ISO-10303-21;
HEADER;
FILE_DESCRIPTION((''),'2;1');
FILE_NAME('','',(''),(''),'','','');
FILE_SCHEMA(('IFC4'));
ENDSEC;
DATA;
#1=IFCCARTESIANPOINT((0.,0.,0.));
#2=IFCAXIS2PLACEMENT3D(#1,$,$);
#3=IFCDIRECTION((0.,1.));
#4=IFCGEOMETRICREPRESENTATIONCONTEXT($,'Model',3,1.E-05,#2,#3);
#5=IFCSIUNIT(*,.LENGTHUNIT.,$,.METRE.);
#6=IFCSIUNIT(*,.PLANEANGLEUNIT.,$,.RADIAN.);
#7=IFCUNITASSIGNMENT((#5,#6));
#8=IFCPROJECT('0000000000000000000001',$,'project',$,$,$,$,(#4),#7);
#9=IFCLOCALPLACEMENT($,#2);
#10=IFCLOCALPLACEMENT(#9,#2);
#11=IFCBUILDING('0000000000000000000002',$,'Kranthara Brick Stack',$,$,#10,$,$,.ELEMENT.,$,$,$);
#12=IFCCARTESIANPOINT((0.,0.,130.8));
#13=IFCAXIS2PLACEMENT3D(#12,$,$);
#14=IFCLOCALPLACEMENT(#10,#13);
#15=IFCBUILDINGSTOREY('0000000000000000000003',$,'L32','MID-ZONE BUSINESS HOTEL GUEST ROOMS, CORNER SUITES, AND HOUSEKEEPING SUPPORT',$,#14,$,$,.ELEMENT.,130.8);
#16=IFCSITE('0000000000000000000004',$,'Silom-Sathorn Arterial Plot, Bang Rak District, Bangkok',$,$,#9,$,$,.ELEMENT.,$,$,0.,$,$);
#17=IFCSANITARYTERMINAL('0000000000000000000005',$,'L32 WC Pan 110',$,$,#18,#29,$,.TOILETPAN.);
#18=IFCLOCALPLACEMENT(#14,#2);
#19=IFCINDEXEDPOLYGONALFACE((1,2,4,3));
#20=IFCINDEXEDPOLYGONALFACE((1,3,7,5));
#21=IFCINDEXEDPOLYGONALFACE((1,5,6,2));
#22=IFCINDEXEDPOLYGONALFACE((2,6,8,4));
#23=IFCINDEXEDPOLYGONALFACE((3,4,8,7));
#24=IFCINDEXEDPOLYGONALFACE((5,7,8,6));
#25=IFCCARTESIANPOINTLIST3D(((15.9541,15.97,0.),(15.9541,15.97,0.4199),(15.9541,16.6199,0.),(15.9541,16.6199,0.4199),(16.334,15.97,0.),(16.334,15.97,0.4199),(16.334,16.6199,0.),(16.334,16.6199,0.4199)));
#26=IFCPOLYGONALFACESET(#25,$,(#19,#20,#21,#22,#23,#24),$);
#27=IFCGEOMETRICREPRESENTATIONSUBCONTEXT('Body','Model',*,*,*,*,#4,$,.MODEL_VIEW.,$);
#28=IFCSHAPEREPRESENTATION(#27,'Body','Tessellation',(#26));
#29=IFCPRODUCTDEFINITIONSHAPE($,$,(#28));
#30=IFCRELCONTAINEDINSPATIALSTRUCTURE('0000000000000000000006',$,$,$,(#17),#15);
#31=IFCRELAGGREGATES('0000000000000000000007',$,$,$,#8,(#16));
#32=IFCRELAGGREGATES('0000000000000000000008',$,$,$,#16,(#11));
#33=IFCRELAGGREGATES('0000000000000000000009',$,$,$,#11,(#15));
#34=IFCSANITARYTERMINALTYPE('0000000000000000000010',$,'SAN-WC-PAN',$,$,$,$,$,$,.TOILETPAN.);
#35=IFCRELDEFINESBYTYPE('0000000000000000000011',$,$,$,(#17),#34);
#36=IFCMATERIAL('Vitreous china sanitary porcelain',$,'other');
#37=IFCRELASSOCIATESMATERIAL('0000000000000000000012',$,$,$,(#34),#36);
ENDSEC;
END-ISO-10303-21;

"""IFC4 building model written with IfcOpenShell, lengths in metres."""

from ifc_helpers import new_model, si_unit, direction, frame, origin, origin_2d, place, context, subcontext, project, spatial, rectangle, extrude, material, type_object, element, save


model = new_model("IFC4")

# Units and contexts
model_context = context("Model", 3, precision=1e-05, world=origin(), true_north=direction((0.0, 1.0)))
body_context = subcontext(model_context, "Body", "Model", "MODEL_VIEW")
ifc_project = project(units=[si_unit("LENGTHUNIT", "METRE"), si_unit("PLANEANGLEUNIT", "RADIAN")], contexts=[model_context])

# Site, building, storey
site_placement = place(None, origin())
site = spatial("IfcSite", under=ifc_project, at=site_placement, Name="Silom-Sathorn Arterial Plot, Bang Rak District, Bangkok", CompositionType="ELEMENT", RefElevation=0.0)
building_placement = place(site_placement, origin())
building = spatial("IfcBuilding", under=site, at=building_placement, Name="Kranthara Brick Stack", CompositionType="ELEMENT")
storey_placement = place(building_placement, frame((0.0, 0.0, 130.8)))
storey = spatial("IfcBuildingStorey", under=building, at=storey_placement, Name="L32", Description="MID-ZONE BUSINESS HOTEL GUEST ROOMS, CORNER SUITES, AND HOUSEKEEPING SUPPORT", CompositionType="ELEMENT", Elevation=130.8)

# Sanitary terminal
ifc_material_1 = material(Name="Vitreous china sanitary porcelain", Category="other")
sanitary_terminal_type_1 = type_object("IfcSanitaryTerminalType", Name="SAN-WC-PAN", PredefinedType="TOILETPAN", material=ifc_material_1)
for number, where, z_axis, x_axis, name in (
    (1, (16.144, 16.2949, 0.0), (0.0, 0.0, 1.0), (1.0, 0.0, 0.0), "L32 WC Pan 110"),
):
    element("IfcSanitaryTerminal", number, at=place(storey_placement, frame(where, z_axis=z_axis, x_axis=x_axis)), inside=storey, type_object=sanitary_terminal_type_1, Name=name, PredefinedType="TOILETPAN", context=body_context, shape_type="SweptSolid", body=[
        extrude(rectangle(XDim=0.3799, YDim=0.6499, at=origin_2d()), origin(), (0.0, 0.0, 1.0), 0.4199),
    ])

save(model, "model.ifc")
